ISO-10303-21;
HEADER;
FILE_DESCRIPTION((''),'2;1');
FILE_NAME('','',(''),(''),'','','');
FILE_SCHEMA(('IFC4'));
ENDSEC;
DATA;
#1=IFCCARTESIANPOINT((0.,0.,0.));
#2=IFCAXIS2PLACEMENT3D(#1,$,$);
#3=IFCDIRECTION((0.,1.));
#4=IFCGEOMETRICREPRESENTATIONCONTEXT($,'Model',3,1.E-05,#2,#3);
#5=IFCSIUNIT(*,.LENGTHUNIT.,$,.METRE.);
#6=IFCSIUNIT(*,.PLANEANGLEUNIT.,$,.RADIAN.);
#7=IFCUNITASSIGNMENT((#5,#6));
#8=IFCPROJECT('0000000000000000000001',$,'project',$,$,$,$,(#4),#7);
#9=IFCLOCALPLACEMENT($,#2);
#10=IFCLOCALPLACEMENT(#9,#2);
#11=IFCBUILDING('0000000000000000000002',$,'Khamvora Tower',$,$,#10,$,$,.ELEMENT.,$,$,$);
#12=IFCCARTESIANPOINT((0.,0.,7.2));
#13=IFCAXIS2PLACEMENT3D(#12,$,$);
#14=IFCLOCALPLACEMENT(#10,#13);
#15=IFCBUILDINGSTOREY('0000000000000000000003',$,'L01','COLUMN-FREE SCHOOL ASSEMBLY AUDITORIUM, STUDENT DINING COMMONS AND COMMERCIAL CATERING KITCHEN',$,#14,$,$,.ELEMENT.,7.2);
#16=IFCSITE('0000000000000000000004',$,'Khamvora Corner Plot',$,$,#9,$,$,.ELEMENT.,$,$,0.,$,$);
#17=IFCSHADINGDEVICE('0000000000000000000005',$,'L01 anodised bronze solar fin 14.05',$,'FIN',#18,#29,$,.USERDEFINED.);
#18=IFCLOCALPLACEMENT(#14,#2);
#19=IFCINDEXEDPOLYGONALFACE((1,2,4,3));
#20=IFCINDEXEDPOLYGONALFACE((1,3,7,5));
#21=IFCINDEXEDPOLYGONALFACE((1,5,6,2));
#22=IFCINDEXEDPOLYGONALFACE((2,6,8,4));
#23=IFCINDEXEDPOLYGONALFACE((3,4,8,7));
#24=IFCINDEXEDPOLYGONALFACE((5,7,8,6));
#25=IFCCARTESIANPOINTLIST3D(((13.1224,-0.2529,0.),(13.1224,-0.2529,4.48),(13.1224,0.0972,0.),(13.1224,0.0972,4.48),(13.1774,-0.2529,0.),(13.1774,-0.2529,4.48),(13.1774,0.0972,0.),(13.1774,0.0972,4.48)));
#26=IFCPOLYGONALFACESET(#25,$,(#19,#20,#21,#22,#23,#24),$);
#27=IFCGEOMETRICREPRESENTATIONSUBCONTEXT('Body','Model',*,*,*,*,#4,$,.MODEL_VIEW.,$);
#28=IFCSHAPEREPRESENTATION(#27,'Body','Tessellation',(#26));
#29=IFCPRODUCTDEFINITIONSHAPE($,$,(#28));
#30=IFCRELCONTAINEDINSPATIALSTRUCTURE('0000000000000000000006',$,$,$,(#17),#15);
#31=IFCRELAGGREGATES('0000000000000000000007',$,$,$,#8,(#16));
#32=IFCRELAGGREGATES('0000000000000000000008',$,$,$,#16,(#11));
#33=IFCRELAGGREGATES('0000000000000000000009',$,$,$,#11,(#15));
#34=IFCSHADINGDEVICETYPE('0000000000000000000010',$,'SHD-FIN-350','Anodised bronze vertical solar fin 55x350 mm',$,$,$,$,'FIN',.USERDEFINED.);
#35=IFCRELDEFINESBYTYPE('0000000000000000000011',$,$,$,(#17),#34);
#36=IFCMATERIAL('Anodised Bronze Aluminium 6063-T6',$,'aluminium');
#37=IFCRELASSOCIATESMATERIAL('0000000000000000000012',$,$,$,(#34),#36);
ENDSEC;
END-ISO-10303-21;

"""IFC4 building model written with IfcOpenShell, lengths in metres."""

from ifc_helpers import new_model, si_unit, direction, frame, origin, origin_2d, place, context, subcontext, project, spatial, rectangle, extrude, material, type_object, element, save


model = new_model("IFC4")

# Units and contexts
model_context = context("Model", 3, precision=1e-05, world=origin(), true_north=direction((0.0, 1.0)))
body_context = subcontext(model_context, "Body", "Model", "MODEL_VIEW")
ifc_project = project(units=[si_unit("LENGTHUNIT", "METRE"), si_unit("PLANEANGLEUNIT", "RADIAN")], contexts=[model_context])

# Site, building, storey
site_placement = place(None, origin())
site = spatial("IfcSite", under=ifc_project, at=site_placement, Name="Khamvora Corner Plot", CompositionType="ELEMENT", RefElevation=0.0)
building_placement = place(site_placement, origin())
building = spatial("IfcBuilding", under=site, at=building_placement, Name="Khamvora Tower", CompositionType="ELEMENT")
storey_placement = place(building_placement, frame((0.0, 0.0, 7.2)))
storey = spatial("IfcBuildingStorey", under=building, at=storey_placement, Name="L01", Description="COLUMN-FREE SCHOOL ASSEMBLY AUDITORIUM, STUDENT DINING COMMONS AND COMMERCIAL CATERING KITCHEN", CompositionType="ELEMENT", Elevation=7.2)

# Shading device
ifc_material_1 = material(Name="Anodised Bronze Aluminium 6063-T6", Category="aluminium")
shading_device_type = type_object("IfcShadingDeviceType", Name="SHD-FIN-350", Description="Anodised bronze vertical solar fin 55x350 mm", ElementType="FIN", PredefinedType="USERDEFINED", material=ifc_material_1)
shading_device_placement = place(storey_placement, frame((13.1499, -0.0779, 0.0), z_axis=(0.0, 0.0, 1.0), x_axis=(-1.0, 0.0, 0.0)))
element("IfcShadingDevice", 1, at=shading_device_placement, inside=storey, type_object=shading_device_type, Name="L01 anodised bronze solar fin 14.05", ObjectType="FIN", PredefinedType="USERDEFINED", context=body_context, shape_type="SweptSolid", body=[
    extrude(rectangle(XDim=0.0549, YDim=0.3501, at=origin_2d()), origin(), (0.0, 0.0, 1.0), 4.48),
])

save(model, "model.ifc")
